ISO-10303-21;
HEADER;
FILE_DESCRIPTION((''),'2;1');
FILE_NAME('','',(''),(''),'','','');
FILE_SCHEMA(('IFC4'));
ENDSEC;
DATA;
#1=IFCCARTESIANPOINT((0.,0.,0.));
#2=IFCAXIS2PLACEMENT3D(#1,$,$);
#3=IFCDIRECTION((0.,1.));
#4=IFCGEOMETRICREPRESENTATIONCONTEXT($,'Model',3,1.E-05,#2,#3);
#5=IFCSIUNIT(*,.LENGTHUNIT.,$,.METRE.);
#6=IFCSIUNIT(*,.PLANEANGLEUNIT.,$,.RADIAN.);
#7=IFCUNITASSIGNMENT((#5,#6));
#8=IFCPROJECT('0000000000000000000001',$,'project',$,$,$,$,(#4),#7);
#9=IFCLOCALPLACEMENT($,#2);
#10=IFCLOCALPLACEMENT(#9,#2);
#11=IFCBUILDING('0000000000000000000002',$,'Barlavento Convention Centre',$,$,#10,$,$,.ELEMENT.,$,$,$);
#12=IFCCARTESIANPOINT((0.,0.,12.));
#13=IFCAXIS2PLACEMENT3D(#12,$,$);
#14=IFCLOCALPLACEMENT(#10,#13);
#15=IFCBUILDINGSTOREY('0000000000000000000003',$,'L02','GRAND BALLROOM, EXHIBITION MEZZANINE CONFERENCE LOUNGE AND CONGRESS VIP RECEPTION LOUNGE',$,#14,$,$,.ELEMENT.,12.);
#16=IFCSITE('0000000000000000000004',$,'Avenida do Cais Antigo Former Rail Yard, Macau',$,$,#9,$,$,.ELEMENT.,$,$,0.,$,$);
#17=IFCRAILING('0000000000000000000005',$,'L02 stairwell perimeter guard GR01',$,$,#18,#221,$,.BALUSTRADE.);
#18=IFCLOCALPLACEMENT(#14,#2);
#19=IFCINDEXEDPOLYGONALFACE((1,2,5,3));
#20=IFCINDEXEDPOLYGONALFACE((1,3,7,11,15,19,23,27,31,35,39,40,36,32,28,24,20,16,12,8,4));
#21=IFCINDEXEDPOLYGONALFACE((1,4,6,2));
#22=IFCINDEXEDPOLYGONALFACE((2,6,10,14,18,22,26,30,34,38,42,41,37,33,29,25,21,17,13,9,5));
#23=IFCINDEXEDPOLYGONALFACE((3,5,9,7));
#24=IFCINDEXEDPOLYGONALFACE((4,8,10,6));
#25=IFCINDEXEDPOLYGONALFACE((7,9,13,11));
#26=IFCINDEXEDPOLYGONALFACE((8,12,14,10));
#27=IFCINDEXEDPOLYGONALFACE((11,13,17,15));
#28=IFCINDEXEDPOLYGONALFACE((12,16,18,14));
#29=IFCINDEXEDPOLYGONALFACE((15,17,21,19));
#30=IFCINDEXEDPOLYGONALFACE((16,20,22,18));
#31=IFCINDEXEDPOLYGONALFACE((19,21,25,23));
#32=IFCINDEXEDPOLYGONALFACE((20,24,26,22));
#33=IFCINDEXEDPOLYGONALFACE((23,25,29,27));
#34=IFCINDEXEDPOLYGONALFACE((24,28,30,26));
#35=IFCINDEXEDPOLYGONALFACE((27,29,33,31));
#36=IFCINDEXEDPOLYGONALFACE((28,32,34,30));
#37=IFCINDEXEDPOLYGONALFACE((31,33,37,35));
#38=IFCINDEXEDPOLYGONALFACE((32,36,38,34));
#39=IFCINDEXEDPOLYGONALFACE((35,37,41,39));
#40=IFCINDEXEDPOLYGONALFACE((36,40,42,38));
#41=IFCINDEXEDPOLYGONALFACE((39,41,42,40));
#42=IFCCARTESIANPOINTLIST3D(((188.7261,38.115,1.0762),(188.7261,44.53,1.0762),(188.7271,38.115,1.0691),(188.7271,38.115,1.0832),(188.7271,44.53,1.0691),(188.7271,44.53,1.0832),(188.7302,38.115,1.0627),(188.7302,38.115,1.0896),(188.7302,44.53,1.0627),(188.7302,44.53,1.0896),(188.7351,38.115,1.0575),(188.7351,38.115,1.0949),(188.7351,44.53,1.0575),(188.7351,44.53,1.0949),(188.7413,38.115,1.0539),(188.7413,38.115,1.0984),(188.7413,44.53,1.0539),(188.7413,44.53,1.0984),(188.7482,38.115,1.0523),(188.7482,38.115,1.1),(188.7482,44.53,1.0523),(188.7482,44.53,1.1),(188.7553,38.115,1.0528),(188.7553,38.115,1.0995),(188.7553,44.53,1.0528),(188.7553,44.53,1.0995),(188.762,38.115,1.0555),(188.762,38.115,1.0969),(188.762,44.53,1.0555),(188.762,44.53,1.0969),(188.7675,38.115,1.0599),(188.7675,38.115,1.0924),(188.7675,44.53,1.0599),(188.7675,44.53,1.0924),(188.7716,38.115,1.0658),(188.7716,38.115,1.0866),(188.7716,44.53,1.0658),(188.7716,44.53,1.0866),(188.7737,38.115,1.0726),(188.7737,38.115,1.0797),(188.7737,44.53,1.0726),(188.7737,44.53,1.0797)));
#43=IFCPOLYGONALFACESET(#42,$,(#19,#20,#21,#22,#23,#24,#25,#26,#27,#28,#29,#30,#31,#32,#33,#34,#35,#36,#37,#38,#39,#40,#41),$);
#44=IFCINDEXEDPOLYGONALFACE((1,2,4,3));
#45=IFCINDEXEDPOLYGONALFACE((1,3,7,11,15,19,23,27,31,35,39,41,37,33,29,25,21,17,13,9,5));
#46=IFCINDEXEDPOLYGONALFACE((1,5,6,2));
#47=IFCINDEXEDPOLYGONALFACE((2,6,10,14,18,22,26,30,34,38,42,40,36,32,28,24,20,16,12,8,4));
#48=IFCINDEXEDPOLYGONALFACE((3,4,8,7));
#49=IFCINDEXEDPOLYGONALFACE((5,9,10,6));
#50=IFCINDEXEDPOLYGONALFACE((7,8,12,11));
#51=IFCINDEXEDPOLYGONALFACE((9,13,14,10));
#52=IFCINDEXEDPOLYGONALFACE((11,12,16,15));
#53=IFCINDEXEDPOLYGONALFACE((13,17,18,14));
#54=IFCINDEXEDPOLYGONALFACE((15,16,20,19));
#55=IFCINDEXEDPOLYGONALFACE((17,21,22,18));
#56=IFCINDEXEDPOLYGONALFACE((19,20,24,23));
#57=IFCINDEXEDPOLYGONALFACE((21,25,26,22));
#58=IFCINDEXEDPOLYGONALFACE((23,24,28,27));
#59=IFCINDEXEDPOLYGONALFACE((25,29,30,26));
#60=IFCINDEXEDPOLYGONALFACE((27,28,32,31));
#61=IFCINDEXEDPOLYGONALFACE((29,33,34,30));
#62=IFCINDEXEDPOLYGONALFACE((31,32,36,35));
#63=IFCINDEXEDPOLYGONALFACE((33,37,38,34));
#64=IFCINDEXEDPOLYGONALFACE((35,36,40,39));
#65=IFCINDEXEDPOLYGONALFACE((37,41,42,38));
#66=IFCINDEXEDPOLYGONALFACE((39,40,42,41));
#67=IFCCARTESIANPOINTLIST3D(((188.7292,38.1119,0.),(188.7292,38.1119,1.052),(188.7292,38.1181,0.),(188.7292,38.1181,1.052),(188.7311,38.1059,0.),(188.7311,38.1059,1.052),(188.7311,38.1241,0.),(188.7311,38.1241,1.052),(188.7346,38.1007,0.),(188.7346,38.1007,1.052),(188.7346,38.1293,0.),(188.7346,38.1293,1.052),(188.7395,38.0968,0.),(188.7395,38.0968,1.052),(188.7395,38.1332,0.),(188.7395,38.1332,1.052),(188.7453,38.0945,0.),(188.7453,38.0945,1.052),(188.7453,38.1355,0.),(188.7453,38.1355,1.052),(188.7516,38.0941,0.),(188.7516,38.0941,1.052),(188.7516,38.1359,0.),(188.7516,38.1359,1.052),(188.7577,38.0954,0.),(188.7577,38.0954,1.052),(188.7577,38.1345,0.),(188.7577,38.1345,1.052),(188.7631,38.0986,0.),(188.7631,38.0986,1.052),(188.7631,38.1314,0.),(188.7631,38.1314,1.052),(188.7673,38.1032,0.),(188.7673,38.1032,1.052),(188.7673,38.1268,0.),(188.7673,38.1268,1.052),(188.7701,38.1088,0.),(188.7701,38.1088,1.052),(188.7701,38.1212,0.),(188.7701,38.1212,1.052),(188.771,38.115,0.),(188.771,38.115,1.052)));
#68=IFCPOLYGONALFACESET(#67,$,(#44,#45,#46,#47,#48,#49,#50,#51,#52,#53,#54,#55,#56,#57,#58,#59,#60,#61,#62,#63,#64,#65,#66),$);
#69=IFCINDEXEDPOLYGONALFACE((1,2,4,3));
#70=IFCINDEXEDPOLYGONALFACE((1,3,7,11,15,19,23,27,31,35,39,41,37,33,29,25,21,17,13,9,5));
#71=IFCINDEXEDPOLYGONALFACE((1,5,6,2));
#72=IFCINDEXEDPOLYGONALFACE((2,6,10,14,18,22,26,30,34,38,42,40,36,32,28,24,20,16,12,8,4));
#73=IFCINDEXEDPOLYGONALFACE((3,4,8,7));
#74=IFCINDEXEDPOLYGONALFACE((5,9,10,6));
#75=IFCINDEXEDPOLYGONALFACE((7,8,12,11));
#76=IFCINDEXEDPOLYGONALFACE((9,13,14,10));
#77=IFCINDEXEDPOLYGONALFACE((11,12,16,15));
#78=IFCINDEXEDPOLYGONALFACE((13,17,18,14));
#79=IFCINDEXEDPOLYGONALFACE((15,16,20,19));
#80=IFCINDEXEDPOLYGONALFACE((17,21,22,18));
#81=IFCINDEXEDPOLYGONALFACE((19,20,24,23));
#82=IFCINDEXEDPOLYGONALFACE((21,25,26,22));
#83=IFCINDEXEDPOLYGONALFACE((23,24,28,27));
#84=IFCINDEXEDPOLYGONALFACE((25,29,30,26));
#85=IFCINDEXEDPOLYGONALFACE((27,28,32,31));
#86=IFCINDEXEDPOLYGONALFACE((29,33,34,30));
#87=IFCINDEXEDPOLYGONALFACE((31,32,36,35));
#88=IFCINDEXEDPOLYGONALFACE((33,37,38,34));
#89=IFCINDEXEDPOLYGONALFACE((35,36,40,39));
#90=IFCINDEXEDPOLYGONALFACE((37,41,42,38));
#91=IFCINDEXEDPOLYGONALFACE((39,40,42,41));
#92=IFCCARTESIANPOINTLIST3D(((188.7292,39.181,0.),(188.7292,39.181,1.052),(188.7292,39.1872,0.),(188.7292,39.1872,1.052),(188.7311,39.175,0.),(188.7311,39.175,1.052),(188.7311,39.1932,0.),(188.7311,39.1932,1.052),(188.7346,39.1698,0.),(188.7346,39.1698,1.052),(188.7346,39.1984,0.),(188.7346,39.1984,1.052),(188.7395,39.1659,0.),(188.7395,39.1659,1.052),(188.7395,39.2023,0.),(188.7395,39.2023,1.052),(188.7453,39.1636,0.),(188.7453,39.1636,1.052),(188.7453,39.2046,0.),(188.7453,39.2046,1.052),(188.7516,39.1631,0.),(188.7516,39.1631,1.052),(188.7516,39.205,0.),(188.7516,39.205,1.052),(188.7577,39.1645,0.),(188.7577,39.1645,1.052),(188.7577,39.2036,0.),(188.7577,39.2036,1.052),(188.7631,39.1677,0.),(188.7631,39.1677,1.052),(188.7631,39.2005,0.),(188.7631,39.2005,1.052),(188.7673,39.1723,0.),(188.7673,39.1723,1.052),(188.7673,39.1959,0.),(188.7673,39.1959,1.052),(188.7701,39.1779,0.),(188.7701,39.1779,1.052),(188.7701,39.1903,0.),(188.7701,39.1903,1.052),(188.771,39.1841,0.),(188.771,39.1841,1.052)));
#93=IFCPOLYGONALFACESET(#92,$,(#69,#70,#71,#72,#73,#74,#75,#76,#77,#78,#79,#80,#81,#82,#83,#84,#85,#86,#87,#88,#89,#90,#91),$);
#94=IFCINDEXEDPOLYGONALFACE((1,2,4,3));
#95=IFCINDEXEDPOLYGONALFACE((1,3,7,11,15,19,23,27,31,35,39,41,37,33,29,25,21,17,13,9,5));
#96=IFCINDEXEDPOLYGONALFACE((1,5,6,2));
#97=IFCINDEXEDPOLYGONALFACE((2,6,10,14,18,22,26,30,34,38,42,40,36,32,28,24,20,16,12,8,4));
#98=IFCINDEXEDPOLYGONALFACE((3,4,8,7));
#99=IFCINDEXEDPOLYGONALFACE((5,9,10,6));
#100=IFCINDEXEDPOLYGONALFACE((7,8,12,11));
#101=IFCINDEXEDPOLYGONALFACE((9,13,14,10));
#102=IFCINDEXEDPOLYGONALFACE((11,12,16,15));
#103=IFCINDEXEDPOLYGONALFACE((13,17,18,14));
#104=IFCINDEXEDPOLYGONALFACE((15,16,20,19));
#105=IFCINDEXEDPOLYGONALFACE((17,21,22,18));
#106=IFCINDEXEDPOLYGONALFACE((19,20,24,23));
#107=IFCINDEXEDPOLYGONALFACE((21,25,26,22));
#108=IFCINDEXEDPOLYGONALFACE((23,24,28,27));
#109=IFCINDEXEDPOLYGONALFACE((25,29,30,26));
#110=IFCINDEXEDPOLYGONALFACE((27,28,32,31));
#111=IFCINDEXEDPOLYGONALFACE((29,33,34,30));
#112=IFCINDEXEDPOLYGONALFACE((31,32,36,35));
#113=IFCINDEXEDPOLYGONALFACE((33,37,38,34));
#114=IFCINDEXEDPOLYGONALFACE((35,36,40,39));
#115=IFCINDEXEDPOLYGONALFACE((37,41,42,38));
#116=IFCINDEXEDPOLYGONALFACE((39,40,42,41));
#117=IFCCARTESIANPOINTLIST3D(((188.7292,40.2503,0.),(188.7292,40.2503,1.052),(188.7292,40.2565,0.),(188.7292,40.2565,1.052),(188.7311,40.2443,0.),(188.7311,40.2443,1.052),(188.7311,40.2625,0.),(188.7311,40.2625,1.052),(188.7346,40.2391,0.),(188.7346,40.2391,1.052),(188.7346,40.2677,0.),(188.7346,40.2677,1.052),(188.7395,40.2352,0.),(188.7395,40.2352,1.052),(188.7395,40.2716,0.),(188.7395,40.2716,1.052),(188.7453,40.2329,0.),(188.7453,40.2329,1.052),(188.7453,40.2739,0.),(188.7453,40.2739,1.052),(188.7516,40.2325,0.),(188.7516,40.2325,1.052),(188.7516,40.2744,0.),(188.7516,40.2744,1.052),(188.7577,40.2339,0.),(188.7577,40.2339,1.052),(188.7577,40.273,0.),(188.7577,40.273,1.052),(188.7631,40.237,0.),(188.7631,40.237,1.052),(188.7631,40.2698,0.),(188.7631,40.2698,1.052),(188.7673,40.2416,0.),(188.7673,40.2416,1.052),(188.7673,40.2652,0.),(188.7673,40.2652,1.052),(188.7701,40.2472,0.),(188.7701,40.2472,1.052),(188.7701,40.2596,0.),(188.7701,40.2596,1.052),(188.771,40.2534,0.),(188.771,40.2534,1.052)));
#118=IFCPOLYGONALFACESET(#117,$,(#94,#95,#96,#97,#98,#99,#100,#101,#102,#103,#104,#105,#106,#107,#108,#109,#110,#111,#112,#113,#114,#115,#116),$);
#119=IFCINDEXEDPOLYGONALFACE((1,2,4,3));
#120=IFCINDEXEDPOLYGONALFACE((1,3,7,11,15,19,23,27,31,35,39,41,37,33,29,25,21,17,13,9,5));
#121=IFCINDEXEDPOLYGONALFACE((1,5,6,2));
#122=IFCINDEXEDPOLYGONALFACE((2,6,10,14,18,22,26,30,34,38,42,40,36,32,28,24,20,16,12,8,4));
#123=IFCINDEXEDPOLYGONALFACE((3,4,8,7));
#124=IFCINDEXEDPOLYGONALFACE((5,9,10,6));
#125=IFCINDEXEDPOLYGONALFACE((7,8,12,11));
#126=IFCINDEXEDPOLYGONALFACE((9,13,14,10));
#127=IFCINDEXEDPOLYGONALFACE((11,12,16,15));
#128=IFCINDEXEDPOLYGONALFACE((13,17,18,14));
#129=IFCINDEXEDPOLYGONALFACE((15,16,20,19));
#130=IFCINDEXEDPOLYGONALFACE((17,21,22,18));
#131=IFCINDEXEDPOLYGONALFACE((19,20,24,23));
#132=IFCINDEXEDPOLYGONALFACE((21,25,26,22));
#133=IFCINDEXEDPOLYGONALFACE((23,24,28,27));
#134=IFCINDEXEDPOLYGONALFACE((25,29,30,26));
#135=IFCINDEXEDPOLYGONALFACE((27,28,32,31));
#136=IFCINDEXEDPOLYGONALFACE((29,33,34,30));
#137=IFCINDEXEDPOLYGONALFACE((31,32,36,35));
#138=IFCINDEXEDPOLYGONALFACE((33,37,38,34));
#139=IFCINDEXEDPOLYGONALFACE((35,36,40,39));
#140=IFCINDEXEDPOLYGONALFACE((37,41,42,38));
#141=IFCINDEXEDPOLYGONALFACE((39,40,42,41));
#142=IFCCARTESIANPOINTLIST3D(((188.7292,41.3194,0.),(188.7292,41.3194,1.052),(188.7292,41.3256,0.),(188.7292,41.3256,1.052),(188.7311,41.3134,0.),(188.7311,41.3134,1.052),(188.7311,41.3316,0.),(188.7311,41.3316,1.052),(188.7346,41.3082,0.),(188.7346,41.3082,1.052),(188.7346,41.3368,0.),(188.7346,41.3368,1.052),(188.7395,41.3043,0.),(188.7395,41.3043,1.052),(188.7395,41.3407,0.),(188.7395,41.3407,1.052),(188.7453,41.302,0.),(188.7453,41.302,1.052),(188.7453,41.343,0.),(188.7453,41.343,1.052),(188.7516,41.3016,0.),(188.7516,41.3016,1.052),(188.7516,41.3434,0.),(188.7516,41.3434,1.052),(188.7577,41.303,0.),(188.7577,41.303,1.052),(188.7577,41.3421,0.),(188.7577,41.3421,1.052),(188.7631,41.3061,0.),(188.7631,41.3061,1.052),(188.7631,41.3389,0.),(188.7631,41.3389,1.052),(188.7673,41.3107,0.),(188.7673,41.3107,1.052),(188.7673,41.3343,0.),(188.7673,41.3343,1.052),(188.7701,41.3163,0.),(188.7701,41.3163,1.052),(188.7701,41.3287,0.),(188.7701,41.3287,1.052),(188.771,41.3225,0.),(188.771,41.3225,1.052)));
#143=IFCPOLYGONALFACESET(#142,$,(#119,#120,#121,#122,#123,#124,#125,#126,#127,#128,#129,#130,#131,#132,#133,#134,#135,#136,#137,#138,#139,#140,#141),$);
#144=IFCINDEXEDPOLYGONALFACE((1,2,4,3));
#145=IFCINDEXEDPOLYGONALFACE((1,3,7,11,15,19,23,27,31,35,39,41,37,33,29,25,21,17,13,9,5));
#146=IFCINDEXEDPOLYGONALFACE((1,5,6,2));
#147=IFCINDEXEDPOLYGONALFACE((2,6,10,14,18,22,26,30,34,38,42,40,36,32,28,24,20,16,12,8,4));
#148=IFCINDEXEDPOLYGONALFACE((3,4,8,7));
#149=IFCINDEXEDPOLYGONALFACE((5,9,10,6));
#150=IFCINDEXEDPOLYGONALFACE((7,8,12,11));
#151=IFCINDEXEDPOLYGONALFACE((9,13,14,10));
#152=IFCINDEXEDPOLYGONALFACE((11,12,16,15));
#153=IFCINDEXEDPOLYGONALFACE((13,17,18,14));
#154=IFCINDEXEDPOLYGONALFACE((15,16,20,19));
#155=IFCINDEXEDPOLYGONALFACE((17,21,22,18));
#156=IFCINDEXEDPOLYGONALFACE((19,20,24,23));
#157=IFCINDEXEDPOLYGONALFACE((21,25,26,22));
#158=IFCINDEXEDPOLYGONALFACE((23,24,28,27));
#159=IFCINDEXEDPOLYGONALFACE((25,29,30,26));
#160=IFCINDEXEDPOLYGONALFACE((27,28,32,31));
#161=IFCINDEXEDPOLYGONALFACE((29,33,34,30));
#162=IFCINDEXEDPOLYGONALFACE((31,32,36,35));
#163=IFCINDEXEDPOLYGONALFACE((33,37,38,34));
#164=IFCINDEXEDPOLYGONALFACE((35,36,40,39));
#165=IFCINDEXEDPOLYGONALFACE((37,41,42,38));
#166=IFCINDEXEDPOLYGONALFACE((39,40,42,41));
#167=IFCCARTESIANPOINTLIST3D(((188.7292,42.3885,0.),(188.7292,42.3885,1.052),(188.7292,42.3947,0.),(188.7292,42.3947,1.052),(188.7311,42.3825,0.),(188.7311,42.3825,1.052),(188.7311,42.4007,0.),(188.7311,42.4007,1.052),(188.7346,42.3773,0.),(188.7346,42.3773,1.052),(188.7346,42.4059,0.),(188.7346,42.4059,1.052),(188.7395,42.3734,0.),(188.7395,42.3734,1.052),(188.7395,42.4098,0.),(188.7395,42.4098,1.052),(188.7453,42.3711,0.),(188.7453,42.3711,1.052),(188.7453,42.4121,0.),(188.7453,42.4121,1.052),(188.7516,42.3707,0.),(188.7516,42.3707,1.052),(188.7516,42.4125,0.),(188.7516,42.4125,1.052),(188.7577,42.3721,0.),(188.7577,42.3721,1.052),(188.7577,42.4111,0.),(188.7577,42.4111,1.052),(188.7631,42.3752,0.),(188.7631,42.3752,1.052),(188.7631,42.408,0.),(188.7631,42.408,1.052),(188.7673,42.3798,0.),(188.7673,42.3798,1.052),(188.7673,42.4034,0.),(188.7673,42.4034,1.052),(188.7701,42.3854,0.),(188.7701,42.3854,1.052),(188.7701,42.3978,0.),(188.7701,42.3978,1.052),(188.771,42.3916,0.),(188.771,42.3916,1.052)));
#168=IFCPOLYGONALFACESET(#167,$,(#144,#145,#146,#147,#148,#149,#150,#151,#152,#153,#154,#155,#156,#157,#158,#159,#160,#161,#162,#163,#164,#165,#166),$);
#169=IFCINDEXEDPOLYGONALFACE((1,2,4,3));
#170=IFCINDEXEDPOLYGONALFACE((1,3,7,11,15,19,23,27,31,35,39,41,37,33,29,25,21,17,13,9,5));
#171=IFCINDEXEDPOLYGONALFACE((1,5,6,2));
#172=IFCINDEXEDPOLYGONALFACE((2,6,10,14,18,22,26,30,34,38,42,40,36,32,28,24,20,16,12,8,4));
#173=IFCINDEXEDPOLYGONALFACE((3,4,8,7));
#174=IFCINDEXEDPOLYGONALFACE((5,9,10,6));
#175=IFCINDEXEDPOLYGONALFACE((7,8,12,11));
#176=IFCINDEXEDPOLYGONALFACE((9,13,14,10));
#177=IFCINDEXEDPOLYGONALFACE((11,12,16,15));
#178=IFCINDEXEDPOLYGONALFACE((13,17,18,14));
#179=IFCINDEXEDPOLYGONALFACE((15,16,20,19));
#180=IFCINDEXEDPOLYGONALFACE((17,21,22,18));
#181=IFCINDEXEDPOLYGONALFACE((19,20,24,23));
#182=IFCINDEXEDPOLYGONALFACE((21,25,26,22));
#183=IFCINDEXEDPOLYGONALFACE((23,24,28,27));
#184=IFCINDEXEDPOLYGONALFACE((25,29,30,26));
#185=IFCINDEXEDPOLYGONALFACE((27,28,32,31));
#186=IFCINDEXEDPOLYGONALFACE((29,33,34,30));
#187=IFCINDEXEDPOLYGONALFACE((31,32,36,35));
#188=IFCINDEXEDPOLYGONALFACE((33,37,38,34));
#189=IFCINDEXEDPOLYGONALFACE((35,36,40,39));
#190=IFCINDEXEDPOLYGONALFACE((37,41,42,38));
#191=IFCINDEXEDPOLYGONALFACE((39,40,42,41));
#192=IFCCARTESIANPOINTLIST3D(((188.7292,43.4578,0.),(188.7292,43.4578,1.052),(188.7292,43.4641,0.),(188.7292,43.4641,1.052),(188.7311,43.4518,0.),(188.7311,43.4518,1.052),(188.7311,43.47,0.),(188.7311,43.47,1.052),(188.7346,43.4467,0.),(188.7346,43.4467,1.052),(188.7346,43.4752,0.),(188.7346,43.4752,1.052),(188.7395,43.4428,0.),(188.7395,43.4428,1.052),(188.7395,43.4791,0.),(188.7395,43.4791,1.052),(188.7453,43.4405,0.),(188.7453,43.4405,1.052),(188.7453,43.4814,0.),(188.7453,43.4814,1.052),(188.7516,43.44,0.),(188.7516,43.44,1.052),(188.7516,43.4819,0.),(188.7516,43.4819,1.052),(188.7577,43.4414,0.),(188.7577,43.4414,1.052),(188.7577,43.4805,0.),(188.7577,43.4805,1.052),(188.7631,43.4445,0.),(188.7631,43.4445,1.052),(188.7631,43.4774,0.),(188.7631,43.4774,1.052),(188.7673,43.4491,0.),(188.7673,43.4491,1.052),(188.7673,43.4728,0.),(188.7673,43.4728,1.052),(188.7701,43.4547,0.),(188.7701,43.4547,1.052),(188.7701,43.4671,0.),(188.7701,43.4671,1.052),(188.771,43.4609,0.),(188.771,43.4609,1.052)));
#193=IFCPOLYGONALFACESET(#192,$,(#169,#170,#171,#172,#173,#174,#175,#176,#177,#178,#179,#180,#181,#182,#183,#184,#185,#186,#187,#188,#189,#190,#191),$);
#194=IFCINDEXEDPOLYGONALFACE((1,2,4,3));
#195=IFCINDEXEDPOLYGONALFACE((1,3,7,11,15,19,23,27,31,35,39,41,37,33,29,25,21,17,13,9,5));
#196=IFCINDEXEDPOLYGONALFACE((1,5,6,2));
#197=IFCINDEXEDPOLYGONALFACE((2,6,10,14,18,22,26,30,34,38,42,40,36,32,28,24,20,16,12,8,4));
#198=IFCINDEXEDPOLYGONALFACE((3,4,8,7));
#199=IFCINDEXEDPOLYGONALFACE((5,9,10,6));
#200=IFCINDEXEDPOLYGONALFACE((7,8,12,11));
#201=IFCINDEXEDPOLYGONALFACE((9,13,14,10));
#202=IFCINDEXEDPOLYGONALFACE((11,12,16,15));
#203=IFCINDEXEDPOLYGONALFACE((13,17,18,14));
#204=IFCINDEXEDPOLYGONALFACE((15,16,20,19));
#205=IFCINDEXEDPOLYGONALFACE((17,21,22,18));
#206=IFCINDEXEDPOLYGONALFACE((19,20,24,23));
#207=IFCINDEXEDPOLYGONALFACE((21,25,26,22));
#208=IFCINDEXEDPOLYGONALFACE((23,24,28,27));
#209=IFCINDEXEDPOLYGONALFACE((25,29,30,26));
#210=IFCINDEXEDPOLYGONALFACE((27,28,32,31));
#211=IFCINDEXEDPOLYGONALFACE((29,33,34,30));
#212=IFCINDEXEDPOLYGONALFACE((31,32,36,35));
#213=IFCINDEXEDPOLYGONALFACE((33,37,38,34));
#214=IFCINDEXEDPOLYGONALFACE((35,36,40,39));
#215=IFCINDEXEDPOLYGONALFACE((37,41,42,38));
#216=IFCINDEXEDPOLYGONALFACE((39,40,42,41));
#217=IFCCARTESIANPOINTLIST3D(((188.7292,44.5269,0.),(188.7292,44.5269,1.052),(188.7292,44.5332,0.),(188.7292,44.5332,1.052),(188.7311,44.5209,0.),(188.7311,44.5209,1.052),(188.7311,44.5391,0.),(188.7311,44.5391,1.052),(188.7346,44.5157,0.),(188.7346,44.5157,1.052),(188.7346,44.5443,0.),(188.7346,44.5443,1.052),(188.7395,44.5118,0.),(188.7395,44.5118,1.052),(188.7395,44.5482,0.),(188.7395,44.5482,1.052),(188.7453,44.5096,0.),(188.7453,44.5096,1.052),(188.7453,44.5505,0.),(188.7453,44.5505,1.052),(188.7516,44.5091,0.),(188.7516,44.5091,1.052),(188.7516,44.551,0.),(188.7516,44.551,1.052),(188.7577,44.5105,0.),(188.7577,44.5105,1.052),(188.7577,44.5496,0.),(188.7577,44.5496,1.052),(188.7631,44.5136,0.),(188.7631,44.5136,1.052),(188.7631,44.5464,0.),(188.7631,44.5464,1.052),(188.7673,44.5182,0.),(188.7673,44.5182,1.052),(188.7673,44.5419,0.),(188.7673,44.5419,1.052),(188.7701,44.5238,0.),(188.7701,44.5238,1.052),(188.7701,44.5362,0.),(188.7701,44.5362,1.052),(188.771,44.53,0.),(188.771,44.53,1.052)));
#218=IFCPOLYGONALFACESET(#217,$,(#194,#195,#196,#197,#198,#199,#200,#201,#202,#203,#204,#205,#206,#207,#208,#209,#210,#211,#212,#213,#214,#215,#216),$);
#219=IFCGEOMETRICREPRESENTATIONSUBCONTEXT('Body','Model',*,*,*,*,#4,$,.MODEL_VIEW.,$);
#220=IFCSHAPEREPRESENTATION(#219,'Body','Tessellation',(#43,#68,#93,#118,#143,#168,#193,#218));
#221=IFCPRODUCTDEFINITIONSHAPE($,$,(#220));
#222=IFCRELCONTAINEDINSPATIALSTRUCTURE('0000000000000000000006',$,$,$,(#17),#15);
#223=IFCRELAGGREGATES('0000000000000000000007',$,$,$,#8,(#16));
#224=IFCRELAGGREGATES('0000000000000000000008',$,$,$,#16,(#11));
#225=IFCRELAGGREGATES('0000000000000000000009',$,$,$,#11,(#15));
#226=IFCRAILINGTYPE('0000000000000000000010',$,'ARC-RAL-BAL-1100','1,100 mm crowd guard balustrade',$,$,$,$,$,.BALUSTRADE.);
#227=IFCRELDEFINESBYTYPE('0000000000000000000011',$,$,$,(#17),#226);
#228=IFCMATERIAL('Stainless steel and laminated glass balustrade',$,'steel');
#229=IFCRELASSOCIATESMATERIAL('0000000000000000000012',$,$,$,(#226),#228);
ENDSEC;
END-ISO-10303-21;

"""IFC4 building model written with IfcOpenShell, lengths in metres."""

from ifc_helpers import new_model, si_unit, direction, frame, origin, origin_2d, place, context, subcontext, project, spatial, circle, extrude, material, type_object, element, save


model = new_model("IFC4")

# Units and contexts
model_context = context("Model", 3, precision=1e-05, world=origin(), true_north=direction((0.0, 1.0)))
body_context = subcontext(model_context, "Body", "Model", "MODEL_VIEW")
ifc_project = project(units=[si_unit("LENGTHUNIT", "METRE"), si_unit("PLANEANGLEUNIT", "RADIAN")], contexts=[model_context])

# Site, building, storey
site_placement = place(None, origin())
site = spatial("IfcSite", under=ifc_project, at=site_placement, Name="Avenida do Cais Antigo Former Rail Yard, Macau", CompositionType="ELEMENT", RefElevation=0.0)
building_placement = place(site_placement, origin())
building = spatial("IfcBuilding", under=site, at=building_placement, Name="Barlavento Convention Centre", CompositionType="ELEMENT")
storey_placement = place(building_placement, frame((0.0, 0.0, 12.0)))
storey = spatial("IfcBuildingStorey", under=building, at=storey_placement, Name="L02", Description="GRAND BALLROOM, EXHIBITION MEZZANINE CONFERENCE LOUNGE AND CONGRESS VIP RECEPTION LOUNGE", CompositionType="ELEMENT", Elevation=12.0)

# Railing
ifc_material_1 = material(Name="Stainless steel and laminated glass balustrade", Category="steel")
railing_type_1 = type_object("IfcRailingType", Name="ARC-RAL-BAL-1100", Description="1,100 mm crowd guard balustrade", PredefinedType="BALUSTRADE", material=ifc_material_1)
railing_1_placement = place(storey_placement, frame((188.75, 38.115, 0.0)))
element("IfcRailing", 1, at=railing_1_placement, inside=storey, type_object=railing_type_1, Name="L02 stairwell perimeter guard GR01", PredefinedType="BALUSTRADE", context=body_context, shape_type="SweptSolid", body=[
    extrude(circle(Radius=0.0239, at=origin_2d()), frame((0.0, 0.0, 1.0762), z_axis=(0.0, 1.0, 0.0), x_axis=(-1.0, 0.0, 0.0)), (0.0, 0.0, 1.0), 6.415),
    extrude(circle(Radius=0.021, at=origin_2d()), origin(), (0.0, 0.0, 1.0), 1.052),
    extrude(circle(Radius=0.021, at=origin_2d()), frame((0.0, 1.0691, 0.0)), (0.0, 0.0, 1.0), 1.052),
    extrude(circle(Radius=0.021, at=origin_2d()), frame((0.0, 2.1384, 0.0)), (0.0, 0.0, 1.0), 1.052),
    extrude(circle(Radius=0.021, at=origin_2d()), frame((0.0, 3.2075, 0.0)), (0.0, 0.0, 1.0), 1.052),
    extrude(circle(Radius=0.021, at=origin_2d()), frame((0.0, 4.2766, 0.0)), (0.0, 0.0, 1.0), 1.052),
    extrude(circle(Radius=0.021, at=origin_2d()), frame((0.0, 5.3459, 0.0)), (0.0, 0.0, 1.0), 1.052),
    extrude(circle(Radius=0.021, at=origin_2d()), frame((0.0, 6.415, 0.0)), (0.0, 0.0, 1.0), 1.052),
])

save(model, "model.ifc")
